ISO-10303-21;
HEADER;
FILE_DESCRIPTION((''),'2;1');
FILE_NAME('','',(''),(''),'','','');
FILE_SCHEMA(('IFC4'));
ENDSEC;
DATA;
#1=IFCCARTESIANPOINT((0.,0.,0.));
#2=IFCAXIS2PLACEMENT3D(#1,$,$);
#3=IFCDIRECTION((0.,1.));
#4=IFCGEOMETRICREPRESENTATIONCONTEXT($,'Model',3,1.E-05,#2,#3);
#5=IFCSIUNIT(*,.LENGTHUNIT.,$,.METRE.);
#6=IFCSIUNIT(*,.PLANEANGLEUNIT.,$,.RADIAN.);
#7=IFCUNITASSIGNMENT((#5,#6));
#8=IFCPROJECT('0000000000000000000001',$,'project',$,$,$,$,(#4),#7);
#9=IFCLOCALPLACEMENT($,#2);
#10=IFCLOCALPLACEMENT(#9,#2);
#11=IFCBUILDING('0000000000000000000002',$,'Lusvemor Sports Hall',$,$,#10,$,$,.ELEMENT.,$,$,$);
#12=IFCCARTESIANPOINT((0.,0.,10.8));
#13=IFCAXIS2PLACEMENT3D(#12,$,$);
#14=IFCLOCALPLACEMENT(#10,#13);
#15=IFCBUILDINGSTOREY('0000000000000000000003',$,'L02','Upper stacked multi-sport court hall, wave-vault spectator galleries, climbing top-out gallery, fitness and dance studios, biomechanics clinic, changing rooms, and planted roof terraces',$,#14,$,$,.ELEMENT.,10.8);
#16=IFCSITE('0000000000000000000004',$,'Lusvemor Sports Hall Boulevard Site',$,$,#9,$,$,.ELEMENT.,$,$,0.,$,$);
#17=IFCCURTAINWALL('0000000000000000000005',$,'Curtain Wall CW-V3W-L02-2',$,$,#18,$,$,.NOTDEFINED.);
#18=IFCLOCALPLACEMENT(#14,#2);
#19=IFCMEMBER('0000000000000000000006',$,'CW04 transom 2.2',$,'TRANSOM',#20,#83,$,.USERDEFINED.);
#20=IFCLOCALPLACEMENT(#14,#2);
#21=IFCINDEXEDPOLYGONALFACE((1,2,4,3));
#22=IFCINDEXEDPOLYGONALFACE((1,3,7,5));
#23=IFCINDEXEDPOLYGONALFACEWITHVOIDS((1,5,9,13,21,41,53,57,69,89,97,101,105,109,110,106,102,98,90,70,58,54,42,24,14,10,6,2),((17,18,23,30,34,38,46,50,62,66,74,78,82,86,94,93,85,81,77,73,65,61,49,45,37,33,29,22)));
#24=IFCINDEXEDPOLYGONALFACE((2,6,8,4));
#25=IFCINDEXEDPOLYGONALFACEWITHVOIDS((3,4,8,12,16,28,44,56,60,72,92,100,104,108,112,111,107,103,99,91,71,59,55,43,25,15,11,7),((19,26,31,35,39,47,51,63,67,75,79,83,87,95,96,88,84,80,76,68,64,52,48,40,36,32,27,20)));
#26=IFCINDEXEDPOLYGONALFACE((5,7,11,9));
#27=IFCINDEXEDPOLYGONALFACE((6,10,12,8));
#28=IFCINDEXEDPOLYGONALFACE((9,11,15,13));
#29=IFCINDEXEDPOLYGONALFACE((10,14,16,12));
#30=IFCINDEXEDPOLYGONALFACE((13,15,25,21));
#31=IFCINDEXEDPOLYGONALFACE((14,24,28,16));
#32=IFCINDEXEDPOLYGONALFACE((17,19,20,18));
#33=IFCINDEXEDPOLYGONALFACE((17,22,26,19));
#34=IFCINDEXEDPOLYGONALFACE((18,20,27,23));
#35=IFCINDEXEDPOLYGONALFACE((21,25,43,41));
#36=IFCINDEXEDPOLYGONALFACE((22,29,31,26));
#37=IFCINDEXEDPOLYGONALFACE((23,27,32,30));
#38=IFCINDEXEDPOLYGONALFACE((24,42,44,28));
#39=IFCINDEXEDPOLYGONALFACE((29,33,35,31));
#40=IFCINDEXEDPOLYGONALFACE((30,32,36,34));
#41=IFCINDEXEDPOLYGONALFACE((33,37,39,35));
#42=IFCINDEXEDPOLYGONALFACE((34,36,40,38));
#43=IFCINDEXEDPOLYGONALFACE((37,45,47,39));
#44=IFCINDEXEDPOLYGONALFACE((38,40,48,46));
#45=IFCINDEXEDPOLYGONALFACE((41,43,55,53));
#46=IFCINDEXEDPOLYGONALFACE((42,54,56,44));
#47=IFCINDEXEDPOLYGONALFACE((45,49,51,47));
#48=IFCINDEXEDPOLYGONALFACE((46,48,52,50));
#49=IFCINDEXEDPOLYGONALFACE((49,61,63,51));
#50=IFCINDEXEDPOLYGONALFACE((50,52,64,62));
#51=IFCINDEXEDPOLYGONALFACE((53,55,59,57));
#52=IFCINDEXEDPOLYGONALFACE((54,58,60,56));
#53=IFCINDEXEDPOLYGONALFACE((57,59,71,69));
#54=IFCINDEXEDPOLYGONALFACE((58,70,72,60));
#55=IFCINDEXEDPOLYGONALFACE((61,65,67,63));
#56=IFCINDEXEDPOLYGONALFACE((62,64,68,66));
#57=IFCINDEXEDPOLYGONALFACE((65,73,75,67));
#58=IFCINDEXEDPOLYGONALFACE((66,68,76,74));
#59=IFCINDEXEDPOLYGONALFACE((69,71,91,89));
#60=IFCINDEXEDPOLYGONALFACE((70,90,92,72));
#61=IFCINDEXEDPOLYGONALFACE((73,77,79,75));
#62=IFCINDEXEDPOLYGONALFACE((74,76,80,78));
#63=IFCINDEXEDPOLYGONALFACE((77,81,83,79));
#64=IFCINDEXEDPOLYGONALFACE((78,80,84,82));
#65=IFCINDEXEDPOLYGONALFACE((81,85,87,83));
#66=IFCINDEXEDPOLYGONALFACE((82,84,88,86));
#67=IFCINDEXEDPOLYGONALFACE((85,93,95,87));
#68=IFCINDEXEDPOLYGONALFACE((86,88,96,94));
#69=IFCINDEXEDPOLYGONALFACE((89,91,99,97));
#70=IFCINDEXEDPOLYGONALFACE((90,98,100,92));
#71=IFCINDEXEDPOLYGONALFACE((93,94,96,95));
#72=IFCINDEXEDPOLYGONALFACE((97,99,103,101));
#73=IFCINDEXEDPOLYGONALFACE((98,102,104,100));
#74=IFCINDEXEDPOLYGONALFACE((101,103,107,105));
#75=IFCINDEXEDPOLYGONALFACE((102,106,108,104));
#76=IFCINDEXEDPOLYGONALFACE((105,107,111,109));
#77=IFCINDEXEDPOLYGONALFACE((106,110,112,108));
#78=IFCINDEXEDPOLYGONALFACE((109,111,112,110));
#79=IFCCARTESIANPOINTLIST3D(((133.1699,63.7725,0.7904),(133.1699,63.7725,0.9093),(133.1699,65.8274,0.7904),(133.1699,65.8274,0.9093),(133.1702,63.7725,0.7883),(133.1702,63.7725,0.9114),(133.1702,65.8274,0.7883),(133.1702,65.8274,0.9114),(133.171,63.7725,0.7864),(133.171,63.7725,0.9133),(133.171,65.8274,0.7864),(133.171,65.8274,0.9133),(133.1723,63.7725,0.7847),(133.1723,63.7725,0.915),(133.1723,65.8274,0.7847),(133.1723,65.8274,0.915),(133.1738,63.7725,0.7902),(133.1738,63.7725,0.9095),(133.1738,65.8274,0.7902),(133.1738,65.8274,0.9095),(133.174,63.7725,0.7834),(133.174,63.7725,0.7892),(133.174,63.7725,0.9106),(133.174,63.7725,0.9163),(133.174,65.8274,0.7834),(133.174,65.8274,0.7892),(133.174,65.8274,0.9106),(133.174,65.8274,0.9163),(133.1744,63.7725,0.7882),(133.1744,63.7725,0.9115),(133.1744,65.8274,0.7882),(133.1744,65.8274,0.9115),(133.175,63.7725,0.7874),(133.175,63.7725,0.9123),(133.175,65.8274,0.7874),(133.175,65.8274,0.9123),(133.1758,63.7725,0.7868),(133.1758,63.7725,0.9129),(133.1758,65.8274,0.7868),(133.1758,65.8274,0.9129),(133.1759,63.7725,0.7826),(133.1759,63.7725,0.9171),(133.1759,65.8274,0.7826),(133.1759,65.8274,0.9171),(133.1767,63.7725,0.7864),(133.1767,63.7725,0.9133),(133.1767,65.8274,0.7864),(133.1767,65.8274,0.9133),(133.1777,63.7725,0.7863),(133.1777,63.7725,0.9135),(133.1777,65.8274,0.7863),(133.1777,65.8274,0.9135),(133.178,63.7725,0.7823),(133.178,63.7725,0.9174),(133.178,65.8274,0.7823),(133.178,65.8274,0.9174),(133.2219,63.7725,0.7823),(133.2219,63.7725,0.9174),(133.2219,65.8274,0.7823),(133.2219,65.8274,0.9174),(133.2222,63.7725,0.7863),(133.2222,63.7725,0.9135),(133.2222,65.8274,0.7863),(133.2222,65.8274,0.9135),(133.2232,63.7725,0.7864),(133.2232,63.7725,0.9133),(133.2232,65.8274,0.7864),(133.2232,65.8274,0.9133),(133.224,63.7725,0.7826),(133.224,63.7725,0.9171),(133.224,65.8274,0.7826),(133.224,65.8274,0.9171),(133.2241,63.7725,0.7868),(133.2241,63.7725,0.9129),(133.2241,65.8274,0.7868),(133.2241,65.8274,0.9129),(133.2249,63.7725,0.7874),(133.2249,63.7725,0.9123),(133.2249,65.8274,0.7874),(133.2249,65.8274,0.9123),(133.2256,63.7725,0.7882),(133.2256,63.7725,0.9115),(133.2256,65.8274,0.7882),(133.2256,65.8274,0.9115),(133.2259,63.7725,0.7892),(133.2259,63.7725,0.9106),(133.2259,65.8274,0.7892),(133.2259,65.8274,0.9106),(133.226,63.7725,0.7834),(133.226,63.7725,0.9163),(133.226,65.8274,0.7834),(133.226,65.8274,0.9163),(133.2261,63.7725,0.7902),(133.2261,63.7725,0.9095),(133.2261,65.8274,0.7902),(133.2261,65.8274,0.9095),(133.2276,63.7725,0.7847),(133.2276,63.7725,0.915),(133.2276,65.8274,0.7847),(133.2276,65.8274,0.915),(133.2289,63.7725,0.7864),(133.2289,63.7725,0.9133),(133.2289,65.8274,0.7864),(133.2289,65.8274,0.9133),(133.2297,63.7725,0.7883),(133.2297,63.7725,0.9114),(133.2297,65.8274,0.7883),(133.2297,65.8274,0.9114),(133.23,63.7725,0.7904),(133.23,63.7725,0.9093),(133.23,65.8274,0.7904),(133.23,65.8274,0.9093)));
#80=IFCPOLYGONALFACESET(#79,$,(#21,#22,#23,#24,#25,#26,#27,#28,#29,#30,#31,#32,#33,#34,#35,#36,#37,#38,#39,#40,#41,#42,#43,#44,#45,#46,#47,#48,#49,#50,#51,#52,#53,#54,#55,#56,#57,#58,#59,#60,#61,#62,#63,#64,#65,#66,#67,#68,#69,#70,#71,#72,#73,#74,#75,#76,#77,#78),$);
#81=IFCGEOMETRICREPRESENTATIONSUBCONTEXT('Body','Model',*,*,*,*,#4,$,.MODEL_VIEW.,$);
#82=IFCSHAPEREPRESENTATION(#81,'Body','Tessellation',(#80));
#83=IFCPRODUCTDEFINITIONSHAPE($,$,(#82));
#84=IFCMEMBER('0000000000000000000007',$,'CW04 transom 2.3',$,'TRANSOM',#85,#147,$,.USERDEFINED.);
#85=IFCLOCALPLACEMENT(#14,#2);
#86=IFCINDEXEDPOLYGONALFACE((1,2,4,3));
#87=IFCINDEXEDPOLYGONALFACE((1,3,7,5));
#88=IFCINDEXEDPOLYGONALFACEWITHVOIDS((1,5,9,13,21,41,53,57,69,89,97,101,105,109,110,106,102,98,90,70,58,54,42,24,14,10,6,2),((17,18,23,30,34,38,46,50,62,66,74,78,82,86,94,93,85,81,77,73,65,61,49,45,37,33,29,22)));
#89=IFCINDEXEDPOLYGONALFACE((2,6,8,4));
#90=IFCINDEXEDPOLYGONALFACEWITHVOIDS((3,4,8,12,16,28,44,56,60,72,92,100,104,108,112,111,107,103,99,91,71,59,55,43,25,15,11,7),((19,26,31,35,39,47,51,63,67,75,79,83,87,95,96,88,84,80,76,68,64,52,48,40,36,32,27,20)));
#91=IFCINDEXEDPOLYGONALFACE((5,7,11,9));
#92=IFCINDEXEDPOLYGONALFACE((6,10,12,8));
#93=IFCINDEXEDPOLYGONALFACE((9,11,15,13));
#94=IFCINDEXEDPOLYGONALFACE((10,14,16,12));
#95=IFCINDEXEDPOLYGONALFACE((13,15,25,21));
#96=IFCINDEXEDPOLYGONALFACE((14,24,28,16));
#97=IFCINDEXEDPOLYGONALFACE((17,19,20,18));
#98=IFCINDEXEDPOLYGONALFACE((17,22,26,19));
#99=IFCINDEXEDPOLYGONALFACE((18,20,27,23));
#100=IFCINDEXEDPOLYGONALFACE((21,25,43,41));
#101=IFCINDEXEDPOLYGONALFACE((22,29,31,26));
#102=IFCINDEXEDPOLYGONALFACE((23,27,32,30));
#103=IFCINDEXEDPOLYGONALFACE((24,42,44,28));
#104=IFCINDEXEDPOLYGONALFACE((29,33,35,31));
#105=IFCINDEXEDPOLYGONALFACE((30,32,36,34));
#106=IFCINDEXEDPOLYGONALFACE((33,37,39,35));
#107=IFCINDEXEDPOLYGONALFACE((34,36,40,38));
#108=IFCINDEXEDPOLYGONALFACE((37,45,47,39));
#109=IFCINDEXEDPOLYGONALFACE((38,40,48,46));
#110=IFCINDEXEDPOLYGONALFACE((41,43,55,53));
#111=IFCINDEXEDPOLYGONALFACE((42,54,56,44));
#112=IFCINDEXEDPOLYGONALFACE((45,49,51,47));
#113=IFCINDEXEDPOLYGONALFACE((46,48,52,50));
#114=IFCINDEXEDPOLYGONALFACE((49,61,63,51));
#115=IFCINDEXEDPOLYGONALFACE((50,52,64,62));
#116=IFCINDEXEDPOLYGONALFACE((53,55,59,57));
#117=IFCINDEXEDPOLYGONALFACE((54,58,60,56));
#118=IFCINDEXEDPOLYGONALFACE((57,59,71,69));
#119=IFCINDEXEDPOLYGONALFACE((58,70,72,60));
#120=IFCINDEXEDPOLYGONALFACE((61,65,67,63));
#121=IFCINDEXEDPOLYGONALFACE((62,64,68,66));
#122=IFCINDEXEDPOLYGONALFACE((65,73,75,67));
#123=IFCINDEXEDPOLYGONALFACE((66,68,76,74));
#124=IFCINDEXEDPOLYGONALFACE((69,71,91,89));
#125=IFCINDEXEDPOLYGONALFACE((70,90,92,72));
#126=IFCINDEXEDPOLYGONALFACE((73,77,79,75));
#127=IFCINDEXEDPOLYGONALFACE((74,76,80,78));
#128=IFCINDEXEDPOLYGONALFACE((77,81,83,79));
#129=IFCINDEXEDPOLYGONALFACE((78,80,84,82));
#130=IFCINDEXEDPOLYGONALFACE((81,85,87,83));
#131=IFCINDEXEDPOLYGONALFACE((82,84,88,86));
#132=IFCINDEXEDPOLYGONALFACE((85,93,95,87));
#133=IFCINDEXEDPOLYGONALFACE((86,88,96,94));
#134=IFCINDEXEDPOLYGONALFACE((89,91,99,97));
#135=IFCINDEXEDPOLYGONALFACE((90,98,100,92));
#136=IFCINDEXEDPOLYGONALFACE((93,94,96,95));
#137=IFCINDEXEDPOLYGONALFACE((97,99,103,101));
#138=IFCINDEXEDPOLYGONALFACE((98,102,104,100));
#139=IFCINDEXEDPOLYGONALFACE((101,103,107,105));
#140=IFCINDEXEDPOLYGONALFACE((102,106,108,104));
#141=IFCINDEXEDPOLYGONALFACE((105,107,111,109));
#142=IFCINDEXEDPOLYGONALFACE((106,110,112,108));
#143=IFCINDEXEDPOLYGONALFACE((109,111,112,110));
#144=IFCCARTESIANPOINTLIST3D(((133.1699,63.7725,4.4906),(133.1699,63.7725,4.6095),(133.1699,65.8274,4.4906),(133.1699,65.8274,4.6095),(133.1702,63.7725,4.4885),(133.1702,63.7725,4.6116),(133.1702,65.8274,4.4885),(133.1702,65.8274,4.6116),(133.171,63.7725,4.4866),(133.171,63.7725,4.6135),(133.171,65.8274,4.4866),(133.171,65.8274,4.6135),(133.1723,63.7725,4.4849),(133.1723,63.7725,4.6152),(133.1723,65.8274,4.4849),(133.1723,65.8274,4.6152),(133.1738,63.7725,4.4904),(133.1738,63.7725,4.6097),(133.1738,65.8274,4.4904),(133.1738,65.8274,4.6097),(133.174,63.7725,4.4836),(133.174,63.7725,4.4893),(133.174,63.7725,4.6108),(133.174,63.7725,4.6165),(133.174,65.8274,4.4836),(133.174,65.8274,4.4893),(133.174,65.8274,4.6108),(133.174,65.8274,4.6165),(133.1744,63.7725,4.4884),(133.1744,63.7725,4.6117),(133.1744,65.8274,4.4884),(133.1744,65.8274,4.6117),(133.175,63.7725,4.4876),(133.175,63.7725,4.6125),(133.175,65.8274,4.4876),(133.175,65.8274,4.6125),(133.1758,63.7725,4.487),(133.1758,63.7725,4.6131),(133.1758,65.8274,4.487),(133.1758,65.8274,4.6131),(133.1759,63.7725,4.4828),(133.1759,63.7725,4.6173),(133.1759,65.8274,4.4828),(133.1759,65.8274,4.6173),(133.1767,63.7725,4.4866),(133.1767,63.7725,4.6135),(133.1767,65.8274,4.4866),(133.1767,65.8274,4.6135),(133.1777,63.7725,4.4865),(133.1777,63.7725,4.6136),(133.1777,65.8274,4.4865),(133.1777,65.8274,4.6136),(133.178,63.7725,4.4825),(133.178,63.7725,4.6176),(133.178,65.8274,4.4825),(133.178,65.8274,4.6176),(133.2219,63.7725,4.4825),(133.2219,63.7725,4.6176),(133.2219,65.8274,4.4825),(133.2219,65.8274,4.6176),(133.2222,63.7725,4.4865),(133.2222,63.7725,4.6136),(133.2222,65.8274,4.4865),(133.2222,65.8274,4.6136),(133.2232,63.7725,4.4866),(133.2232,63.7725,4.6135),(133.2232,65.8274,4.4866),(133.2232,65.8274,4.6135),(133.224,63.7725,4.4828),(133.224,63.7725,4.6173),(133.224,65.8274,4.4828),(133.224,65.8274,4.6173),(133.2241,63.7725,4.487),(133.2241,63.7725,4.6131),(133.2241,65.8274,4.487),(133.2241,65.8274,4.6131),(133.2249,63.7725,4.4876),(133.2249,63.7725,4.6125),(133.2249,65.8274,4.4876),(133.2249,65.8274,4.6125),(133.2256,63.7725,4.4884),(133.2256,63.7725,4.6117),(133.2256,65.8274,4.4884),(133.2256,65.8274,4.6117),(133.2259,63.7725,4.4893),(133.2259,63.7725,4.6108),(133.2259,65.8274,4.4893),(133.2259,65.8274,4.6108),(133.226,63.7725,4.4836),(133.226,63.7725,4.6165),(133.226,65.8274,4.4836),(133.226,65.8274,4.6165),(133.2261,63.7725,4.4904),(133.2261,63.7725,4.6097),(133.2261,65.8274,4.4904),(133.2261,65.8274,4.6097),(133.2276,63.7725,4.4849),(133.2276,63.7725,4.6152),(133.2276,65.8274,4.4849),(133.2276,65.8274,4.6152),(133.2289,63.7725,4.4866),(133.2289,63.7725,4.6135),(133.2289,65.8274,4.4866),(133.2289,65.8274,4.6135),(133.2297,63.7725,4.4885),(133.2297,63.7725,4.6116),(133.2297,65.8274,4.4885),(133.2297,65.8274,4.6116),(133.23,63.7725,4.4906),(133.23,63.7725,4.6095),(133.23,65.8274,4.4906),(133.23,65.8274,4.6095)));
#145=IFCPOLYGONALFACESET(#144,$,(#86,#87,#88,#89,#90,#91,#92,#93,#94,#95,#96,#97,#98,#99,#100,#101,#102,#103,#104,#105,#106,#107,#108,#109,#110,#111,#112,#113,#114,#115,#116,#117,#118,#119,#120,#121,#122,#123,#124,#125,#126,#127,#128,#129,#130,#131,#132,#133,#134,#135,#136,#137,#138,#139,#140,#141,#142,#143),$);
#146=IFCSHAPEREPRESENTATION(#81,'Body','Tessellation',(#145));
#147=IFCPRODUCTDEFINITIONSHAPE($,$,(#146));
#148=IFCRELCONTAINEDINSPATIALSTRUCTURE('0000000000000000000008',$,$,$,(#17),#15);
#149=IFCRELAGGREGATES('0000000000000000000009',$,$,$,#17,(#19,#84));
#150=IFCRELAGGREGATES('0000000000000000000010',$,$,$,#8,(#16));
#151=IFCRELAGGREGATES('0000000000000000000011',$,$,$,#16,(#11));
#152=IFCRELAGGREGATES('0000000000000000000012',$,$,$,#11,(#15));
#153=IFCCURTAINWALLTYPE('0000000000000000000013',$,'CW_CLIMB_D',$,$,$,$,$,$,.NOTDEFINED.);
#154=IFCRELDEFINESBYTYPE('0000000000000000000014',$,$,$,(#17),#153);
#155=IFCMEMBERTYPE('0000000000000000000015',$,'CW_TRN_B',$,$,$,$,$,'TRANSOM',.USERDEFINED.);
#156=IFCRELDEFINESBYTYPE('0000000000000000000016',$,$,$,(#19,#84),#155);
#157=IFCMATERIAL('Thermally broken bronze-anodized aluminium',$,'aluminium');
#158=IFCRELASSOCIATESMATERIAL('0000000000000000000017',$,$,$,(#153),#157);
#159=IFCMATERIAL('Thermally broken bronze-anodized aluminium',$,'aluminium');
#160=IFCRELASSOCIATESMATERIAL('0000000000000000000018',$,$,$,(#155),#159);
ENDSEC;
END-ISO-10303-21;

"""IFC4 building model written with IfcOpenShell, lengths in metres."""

from ifc_helpers import new_model, si_unit, direction, frame, origin, origin_2d, place, context, subcontext, project, spatial, hollow_rectangle, extrude, material, material_profile, profile_set, type_object, element, aggregate, save


model = new_model("IFC4")

# Units and contexts
model_context = context("Model", 3, precision=1e-05, world=origin(), true_north=direction((0.0, 1.0)))
body_context = subcontext(model_context, "Body", "Model", "MODEL_VIEW")
ifc_project = project(units=[si_unit("LENGTHUNIT", "METRE"), si_unit("PLANEANGLEUNIT", "RADIAN")], contexts=[model_context])

# Site, building, storey
site_placement = place(None, origin())
site = spatial("IfcSite", under=ifc_project, at=site_placement, Name="Lusvemor Sports Hall Boulevard Site", CompositionType="ELEMENT", RefElevation=0.0)
building_placement = place(site_placement, origin())
building = spatial("IfcBuilding", under=site, at=building_placement, Name="Lusvemor Sports Hall", CompositionType="ELEMENT")
storey_placement = place(building_placement, frame((0.0, 0.0, 10.8)))
storey = spatial("IfcBuildingStorey", under=building, at=storey_placement, Name="L02", Description="Upper stacked multi-sport court hall, wave-vault spectator galleries, climbing top-out gallery, fitness and dance studios, biomechanics clinic, changing rooms, and planted roof terraces", CompositionType="ELEMENT", Elevation=10.8)

# Curtain wall, members
ifc_material_1 = material(Name="Thermally broken bronze-anodized aluminium", Category="aluminium")
curtain_wall_type = type_object("IfcCurtainWallType", Name="CW_CLIMB_D", PredefinedType="NOTDEFINED", material=ifc_material_1)
curtain_wall_placement = place(storey_placement, origin())
curtain_wall = element("IfcCurtainWall", 1, at=curtain_wall_placement, inside=storey, type_object=curtain_wall_type, Name="Curtain Wall CW-V3W-L02-2", PredefinedType="NOTDEFINED")
ifc_material_2 = material(Name="Thermally broken bronze-anodized aluminium", Category="aluminium")
ifc_material_profile_1 = material_profile(ifc_material_2, hollow_rectangle(XDim=0.0601, YDim=0.135, WallThickness=0.0039, InnerFilletRadius=0.0039, OuterFilletRadius=0.0081, at=origin_2d()), Name="CWTRN135x60x4")
ifc_profile_set_1 = profile_set([ifc_material_profile_1], Name="Thermally broken bronze-anodized aluminium")
member_type_1 = type_object("IfcMemberType", Name="CW_TRN_B", ElementType="TRANSOM", PredefinedType="USERDEFINED", material=ifc_profile_set_1)
member_1_placement = place(storey_placement, frame((133.2, 63.7725, 0.8499), z_axis=(0.0, 1.0, 0.0), x_axis=(-1.0, 0.0, 0.0)))
member_1 = element("IfcMember", 2, at=member_1_placement, type_object=member_type_1, Name="CW04 transom 2.2", ObjectType="TRANSOM", PredefinedType="USERDEFINED", context=body_context, shape_type="SweptSolid", body=[
    extrude(hollow_rectangle(XDim=0.0601, YDim=0.135, WallThickness=0.0039, InnerFilletRadius=0.0039, OuterFilletRadius=0.0081, at=origin_2d()), origin(), (0.0, 0.0, 1.0), 2.0549),
])
member_2_placement = place(storey_placement, frame((133.2, 63.7725, 4.55), z_axis=(0.0, 1.0, 0.0), x_axis=(-1.0, 0.0, 0.0)))
member_2 = element("IfcMember", 3, at=member_2_placement, type_object=member_type_1, Name="CW04 transom 2.3", ObjectType="TRANSOM", PredefinedType="USERDEFINED", context=body_context, shape_type="SweptSolid", body=[
    extrude(hollow_rectangle(XDim=0.0601, YDim=0.135, WallThickness=0.0039, InnerFilletRadius=0.0039, OuterFilletRadius=0.0081, at=origin_2d()), origin(), (0.0, 0.0, 1.0), 2.0549),
])

aggregate(curtain_wall, [member_1, member_2])

save(model, "model.ifc")
